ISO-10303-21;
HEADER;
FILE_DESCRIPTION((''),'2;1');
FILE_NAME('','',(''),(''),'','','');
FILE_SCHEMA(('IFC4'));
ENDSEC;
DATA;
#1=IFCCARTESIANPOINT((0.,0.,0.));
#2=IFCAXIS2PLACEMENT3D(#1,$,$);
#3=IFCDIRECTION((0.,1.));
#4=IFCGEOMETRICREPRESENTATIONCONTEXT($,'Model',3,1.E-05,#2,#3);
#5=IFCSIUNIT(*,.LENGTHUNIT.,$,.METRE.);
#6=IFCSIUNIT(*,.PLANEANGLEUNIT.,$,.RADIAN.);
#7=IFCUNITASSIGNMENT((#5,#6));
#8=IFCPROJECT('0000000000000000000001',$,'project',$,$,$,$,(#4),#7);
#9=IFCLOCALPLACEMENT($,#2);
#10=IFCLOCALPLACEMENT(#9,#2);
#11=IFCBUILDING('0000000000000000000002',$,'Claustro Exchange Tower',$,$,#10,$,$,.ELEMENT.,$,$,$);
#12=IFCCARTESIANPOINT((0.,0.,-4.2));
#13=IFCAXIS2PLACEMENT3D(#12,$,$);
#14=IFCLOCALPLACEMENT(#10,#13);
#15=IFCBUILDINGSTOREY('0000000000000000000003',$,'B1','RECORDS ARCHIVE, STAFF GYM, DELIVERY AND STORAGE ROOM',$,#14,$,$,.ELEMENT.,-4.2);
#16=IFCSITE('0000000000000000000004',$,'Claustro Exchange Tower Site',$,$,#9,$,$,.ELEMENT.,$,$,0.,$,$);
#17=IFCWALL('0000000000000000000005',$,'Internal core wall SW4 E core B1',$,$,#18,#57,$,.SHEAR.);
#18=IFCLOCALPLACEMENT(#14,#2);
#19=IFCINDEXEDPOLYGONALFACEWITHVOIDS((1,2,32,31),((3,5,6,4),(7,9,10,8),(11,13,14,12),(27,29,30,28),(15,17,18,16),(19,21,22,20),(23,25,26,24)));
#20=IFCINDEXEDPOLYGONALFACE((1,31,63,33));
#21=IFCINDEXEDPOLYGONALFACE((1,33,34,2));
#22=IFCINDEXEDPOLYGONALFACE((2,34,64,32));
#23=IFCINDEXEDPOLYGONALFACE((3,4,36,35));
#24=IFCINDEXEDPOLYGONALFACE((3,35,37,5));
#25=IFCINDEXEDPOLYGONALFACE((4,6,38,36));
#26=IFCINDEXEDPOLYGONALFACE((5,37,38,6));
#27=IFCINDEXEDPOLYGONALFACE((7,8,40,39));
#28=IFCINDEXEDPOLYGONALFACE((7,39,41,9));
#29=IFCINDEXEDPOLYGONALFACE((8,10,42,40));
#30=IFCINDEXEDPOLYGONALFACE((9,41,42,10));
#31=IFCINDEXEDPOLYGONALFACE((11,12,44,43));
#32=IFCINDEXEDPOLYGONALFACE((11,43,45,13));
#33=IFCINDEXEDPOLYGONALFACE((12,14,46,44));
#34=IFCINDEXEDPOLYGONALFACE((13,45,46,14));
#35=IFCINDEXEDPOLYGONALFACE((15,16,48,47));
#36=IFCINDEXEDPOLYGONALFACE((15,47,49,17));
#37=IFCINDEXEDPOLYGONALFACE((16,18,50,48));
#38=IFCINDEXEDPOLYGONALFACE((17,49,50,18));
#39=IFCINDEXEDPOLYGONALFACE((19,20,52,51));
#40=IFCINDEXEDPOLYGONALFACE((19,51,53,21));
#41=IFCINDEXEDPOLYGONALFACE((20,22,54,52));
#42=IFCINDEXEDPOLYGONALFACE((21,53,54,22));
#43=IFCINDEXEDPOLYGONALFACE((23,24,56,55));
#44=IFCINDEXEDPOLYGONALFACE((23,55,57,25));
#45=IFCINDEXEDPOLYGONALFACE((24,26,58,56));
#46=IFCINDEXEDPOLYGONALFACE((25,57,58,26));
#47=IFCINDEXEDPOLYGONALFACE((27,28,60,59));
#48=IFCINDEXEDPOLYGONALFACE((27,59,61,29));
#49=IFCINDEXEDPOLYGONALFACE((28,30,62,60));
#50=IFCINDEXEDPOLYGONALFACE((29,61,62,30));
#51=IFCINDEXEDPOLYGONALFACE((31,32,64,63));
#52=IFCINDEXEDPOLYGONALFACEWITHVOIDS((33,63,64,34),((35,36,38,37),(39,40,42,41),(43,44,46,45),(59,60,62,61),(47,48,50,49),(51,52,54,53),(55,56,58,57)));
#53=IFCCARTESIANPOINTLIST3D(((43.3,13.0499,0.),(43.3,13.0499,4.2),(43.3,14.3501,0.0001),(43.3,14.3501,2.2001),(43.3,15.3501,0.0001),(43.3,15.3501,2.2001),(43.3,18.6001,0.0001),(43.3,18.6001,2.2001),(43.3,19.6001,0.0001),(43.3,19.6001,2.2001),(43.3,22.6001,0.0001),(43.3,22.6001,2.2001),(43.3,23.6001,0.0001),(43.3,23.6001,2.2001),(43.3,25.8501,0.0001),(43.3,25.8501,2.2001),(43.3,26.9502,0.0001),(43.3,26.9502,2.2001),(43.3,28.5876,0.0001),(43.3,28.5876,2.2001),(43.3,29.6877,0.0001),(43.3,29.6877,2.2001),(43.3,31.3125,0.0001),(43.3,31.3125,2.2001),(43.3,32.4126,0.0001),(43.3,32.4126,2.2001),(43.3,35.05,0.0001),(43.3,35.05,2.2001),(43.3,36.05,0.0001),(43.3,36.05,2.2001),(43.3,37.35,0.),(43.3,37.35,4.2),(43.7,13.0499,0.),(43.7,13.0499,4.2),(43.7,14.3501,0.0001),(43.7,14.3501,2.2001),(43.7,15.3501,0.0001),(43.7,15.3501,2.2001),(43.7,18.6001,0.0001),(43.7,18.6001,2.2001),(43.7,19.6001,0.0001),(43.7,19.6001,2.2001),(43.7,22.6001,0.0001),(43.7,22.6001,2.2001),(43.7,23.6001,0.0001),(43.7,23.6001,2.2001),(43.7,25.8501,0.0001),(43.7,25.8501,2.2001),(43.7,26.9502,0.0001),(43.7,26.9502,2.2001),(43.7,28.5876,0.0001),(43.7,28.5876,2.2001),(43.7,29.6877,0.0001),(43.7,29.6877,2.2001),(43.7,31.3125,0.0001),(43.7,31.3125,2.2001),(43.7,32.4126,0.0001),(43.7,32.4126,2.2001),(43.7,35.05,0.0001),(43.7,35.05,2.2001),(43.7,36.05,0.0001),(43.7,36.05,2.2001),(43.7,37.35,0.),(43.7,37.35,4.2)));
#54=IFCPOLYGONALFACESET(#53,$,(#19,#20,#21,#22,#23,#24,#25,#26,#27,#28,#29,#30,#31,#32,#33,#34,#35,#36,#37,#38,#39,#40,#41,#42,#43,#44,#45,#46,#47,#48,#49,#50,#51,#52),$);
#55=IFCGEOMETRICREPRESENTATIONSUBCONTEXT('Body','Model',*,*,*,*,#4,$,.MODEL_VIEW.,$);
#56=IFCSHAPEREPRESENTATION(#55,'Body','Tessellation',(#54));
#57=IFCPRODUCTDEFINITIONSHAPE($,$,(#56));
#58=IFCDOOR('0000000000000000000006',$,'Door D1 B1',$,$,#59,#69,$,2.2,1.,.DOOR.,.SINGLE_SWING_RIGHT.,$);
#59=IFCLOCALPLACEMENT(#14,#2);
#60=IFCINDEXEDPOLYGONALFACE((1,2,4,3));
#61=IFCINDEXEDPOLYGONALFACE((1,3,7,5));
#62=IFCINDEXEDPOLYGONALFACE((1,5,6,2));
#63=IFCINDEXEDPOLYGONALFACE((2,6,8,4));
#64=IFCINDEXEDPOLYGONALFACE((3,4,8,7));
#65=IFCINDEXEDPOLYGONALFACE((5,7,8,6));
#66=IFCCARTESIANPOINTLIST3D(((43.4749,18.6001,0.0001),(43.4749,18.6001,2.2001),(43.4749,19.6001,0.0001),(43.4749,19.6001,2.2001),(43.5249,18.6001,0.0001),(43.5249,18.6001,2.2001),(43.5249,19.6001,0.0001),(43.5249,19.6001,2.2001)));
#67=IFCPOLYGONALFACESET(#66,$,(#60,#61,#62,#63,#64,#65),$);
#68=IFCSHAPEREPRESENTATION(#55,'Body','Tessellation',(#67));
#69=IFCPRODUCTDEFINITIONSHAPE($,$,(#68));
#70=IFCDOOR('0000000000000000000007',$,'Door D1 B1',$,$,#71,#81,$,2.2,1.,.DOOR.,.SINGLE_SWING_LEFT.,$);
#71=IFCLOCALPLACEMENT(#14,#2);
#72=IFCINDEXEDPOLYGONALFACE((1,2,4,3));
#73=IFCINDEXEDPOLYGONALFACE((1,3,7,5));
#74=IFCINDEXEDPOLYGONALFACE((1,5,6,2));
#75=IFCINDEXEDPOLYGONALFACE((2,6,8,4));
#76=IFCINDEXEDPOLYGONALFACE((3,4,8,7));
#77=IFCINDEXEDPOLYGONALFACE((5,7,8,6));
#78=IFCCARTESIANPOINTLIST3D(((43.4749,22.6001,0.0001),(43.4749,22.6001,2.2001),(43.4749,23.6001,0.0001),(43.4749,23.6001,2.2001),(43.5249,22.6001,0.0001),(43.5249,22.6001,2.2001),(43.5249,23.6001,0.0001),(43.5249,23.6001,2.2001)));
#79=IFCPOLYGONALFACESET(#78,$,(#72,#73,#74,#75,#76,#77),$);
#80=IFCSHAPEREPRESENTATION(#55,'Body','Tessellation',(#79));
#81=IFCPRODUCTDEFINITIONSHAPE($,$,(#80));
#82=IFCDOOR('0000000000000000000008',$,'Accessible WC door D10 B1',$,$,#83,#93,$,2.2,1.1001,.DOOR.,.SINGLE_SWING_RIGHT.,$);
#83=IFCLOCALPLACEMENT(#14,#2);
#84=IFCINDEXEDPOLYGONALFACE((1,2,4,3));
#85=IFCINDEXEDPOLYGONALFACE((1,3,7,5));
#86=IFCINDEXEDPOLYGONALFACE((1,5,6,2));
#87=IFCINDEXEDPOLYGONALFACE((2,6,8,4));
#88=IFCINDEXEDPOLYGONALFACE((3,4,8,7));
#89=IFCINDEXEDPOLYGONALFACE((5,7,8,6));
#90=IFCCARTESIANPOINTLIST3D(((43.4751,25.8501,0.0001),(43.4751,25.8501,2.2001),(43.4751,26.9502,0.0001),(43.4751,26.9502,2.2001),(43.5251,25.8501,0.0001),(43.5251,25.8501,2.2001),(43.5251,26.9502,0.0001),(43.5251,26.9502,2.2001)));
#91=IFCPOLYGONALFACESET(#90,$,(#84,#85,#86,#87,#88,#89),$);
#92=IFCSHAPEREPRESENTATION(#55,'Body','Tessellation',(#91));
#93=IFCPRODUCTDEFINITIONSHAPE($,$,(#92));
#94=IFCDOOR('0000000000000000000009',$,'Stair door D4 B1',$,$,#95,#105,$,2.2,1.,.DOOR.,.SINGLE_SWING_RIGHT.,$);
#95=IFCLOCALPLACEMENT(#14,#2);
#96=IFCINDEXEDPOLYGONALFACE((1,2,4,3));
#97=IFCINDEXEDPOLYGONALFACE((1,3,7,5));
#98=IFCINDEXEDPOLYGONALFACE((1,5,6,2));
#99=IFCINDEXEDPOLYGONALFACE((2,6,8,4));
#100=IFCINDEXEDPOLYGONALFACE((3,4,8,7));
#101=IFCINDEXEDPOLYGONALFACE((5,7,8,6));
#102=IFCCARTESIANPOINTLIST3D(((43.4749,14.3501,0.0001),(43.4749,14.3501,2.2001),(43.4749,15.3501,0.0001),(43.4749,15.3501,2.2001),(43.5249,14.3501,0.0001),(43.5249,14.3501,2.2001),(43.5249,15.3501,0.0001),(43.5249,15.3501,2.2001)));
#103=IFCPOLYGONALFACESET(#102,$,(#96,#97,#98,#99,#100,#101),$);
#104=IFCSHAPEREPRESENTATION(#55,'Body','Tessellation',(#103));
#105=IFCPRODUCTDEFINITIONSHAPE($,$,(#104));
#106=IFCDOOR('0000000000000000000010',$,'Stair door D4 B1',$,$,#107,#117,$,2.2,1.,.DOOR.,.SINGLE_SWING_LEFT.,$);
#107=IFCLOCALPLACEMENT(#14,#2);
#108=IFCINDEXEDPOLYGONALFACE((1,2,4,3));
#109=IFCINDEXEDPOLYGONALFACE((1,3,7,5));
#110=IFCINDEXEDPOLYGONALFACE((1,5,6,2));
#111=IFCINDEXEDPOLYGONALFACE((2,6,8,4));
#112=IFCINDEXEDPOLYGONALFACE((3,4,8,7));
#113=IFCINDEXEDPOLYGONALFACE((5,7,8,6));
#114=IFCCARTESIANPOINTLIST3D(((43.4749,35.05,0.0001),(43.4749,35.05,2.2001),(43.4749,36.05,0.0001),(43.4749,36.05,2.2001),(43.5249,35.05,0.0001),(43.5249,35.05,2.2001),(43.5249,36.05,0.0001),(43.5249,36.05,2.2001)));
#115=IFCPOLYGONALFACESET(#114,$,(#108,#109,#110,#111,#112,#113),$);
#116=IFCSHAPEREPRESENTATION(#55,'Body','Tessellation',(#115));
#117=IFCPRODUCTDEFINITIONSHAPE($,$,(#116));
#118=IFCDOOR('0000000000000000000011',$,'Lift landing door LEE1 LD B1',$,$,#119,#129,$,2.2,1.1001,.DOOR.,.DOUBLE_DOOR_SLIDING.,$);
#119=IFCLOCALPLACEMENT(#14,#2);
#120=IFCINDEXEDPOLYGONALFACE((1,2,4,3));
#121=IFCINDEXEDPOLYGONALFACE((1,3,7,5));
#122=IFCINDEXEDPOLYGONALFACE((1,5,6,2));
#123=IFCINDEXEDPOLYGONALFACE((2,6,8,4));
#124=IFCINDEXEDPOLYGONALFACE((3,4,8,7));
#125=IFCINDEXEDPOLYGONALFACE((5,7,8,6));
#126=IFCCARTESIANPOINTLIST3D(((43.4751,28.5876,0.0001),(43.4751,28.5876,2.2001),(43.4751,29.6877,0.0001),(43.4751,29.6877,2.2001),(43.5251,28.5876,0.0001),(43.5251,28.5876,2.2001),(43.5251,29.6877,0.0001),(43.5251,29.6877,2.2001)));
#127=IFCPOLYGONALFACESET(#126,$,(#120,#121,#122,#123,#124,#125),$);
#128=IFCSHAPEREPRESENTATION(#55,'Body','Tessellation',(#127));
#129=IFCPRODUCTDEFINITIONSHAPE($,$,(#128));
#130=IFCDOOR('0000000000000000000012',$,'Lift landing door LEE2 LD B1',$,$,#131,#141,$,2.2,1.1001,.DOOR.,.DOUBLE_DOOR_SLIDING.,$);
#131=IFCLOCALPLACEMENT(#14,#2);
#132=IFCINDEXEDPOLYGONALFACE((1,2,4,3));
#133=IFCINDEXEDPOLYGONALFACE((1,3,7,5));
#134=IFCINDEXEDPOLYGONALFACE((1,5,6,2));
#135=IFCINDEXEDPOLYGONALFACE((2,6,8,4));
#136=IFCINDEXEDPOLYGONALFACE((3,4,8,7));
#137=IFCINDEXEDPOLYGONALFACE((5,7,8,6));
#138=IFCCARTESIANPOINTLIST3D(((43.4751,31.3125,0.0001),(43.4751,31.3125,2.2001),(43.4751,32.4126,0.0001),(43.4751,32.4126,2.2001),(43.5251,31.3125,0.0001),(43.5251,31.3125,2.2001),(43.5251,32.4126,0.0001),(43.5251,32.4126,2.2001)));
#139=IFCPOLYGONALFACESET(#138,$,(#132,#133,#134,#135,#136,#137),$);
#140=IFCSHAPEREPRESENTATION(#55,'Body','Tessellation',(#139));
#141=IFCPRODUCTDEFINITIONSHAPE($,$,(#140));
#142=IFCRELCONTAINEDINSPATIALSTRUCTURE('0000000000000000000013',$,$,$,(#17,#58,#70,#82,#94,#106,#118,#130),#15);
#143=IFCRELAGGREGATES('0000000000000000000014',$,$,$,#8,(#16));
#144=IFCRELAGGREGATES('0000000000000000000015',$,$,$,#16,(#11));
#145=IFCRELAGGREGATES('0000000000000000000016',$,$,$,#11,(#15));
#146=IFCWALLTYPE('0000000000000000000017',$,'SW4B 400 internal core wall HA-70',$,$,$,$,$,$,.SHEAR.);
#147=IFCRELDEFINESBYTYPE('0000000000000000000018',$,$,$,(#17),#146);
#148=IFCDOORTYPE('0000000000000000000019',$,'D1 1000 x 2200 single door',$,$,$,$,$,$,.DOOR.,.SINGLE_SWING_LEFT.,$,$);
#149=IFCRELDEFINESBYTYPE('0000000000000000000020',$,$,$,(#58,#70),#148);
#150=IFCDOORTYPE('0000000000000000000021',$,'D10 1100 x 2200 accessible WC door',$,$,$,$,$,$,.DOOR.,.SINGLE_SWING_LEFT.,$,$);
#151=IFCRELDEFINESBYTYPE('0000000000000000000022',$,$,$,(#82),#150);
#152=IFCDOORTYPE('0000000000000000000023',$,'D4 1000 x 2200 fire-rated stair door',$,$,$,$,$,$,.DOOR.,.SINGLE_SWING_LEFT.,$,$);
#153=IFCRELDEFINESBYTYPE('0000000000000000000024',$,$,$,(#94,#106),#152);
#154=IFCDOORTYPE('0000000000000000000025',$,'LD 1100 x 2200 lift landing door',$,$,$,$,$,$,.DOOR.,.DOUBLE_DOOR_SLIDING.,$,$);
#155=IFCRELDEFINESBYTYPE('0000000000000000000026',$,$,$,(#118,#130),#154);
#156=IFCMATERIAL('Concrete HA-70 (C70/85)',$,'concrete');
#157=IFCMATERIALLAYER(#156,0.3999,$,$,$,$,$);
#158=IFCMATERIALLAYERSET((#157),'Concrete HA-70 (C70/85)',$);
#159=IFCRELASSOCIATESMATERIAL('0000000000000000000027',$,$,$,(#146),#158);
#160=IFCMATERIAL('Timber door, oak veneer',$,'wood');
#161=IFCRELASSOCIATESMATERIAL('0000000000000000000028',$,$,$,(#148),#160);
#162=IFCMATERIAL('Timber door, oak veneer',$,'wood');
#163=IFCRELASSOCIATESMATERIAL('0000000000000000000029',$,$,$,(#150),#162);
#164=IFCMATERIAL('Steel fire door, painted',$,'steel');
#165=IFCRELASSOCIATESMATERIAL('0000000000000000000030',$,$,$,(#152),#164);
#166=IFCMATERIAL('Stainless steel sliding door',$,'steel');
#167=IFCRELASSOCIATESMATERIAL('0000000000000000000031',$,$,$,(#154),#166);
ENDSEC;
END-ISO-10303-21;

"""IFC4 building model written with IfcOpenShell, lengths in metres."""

from ifc_helpers import new_model, si_unit, direction, frame, frame_2d, origin, place, context, subcontext, project, spatial, rectangle, extrude, material, layer, layer_set, type_object, element, fill, save


model = new_model("IFC4")

# Units and contexts
model_context = context("Model", 3, precision=1e-05, world=origin(), true_north=direction((0.0, 1.0)))
body_context = subcontext(model_context, "Body", "Model", "MODEL_VIEW")
ifc_project = project(units=[si_unit("LENGTHUNIT", "METRE"), si_unit("PLANEANGLEUNIT", "RADIAN")], contexts=[model_context])

# Site, building, storey
site_placement = place(None, origin())
site = spatial("IfcSite", under=ifc_project, at=site_placement, Name="Claustro Exchange Tower Site", CompositionType="ELEMENT", RefElevation=0.0)
building_placement = place(site_placement, origin())
building = spatial("IfcBuilding", under=site, at=building_placement, Name="Claustro Exchange Tower", CompositionType="ELEMENT")
storey_placement = place(building_placement, frame((0.0, 0.0, -4.2)))
storey = spatial("IfcBuildingStorey", under=building, at=storey_placement, Name="B1", Description="RECORDS ARCHIVE, STAFF GYM, DELIVERY AND STORAGE ROOM", CompositionType="ELEMENT", Elevation=-4.2)

# Wall, openings, doors
ifc_material_1 = material(Name="Concrete HA-70 (C70/85)", Category="concrete")
ifc_layer_1 = layer(ifc_material_1, 0.3999)
ifc_layer_set_1 = layer_set([ifc_layer_1], Name="Concrete HA-70 (C70/85)")
wall_type_1 = type_object("IfcWallType", Name="SW4B 400 internal core wall HA-70", PredefinedType="SHEAR", material=ifc_layer_set_1)
wall_1_placement = place(storey_placement, frame((43.5, 13.05, 0.0), z_axis=(0.0, 0.0, 1.0), x_axis=(0.0, 1.0, 0.0)))
wall_1 = element("IfcWall", 1, at=wall_1_placement, inside=storey, type_object=wall_type_1, Name="Internal core wall SW4 E core B1", PredefinedType="SHEAR", context=body_context, shape_type="SweptSolid", body=[
    extrude(rectangle(XDim=24.3, YDim=0.3999, at=frame_2d((12.1499, 0.0))), origin(), (0.0, 0.0, 1.0), 4.2),
])
opening_1_placement = place(wall_1_placement, frame((1.3, 0.0, 0.0)))
opening_1 = element("IfcOpeningElement", 2, at=opening_1_placement, cuts=wall_1, PredefinedType="OPENING", context=body_context, shape_type="SweptSolid", body=[
    extrude(rectangle(XDim=1.0, YDim=2.2, at=frame_2d((0.5, 1.1001))), frame((0.0, 0.21, 0.0), z_axis=(0.0, -1.0, 0.0), x_axis=(1.0, 0.0, 0.0)), (0.0, 0.0, 1.0), 0.4199),
])
opening_2_placement = place(wall_1_placement, frame((22.0, 0.0, 0.0)))
opening_2 = element("IfcOpeningElement", 3, at=opening_2_placement, cuts=wall_1, PredefinedType="OPENING", context=body_context, shape_type="SweptSolid", body=[
    extrude(rectangle(XDim=1.0, YDim=2.2, at=frame_2d((0.5, 1.1001))), frame((0.0, 0.21, 0.0), z_axis=(0.0, -1.0, 0.0), x_axis=(1.0, 0.0, 0.0)), (0.0, 0.0, 1.0), 0.4199),
])
opening_3_placement = place(wall_1_placement, frame((5.55, 0.0, 0.0)))
opening_3 = element("IfcOpeningElement", 4, at=opening_3_placement, cuts=wall_1, PredefinedType="OPENING", context=body_context, shape_type="SweptSolid", body=[
    extrude(rectangle(XDim=1.0, YDim=2.2, at=frame_2d((0.5, 1.1001))), frame((0.0, 0.21, 0.0), z_axis=(0.0, -1.0, 0.0), x_axis=(1.0, 0.0, 0.0)), (0.0, 0.0, 1.0), 0.4199),
])
opening_4_placement = place(wall_1_placement, frame((9.55, 0.0, 0.0)))
opening_4 = element("IfcOpeningElement", 5, at=opening_4_placement, cuts=wall_1, PredefinedType="OPENING", context=body_context, shape_type="SweptSolid", body=[
    extrude(rectangle(XDim=1.0, YDim=2.2, at=frame_2d((0.5, 1.1001))), frame((0.0, 0.21, 0.0), z_axis=(0.0, -1.0, 0.0), x_axis=(1.0, 0.0, 0.0)), (0.0, 0.0, 1.0), 0.4199),
])
opening_5_placement = place(wall_1_placement, frame((12.8, 0.0, 0.0)))
opening_5 = element("IfcOpeningElement", 6, at=opening_5_placement, cuts=wall_1, PredefinedType="OPENING", context=body_context, shape_type="SweptSolid", body=[
    extrude(rectangle(XDim=1.1001, YDim=2.2, at=frame_2d((0.55, 1.1001))), frame((0.0, 0.21, 0.0), z_axis=(0.0, -1.0, 0.0), x_axis=(1.0, 0.0, 0.0)), (0.0, 0.0, 1.0), 0.4199),
])
opening_6_placement = place(wall_1_placement, frame((15.5376, 0.0, 0.0)))
opening_6 = element("IfcOpeningElement", 7, at=opening_6_placement, cuts=wall_1, PredefinedType="OPENING", context=body_context, shape_type="SweptSolid", body=[
    extrude(rectangle(XDim=1.1001, YDim=2.2, at=frame_2d((0.55, 1.1001))), frame((0.0, 0.21, 0.0), z_axis=(0.0, -1.0, 0.0), x_axis=(1.0, 0.0, 0.0)), (0.0, 0.0, 1.0), 0.4199),
])
opening_7_placement = place(wall_1_placement, frame((18.2625, 0.0, 0.0)))
opening_7 = element("IfcOpeningElement", 8, at=opening_7_placement, cuts=wall_1, PredefinedType="OPENING", context=body_context, shape_type="SweptSolid", body=[
    extrude(rectangle(XDim=1.1001, YDim=2.2, at=frame_2d((0.55, 1.1001))), frame((0.0, 0.21, 0.0), z_axis=(0.0, -1.0, 0.0), x_axis=(1.0, 0.0, 0.0)), (0.0, 0.0, 1.0), 0.4199),
])
ifc_material_2 = material(Name="Timber door, oak veneer", Category="wood")
door_type_1 = type_object("IfcDoorType", Name="D1 1000 x 2200 single door", OperationType="SINGLE_SWING_LEFT", PredefinedType="DOOR", material=ifc_material_2)
door_1_placement = place(opening_3_placement, frame((1.0, 0.0, 0.0), z_axis=(0.0, 0.0, 1.0), x_axis=(-1.0, 0.0, 0.0)))
door_1 = element("IfcDoor", 9, at=door_1_placement, inside=storey, type_object=door_type_1, Name="Door D1 B1", OperationType="SINGLE_SWING_RIGHT", OverallHeight=2.2, OverallWidth=1.0, PredefinedType="DOOR", context=body_context, shape_type="SweptSolid", body=[
    extrude(rectangle(XDim=1.0, YDim=2.2, at=frame_2d((0.5, 1.1001))), frame((0.0, 0.0249, 0.0), z_axis=(0.0, -1.0, 0.0), x_axis=(1.0, 0.0, 0.0)), (0.0, 0.0, 1.0), 0.05),
])
fill(opening_3, door_1)
door_2_placement = place(opening_4_placement, frame((1.0, 0.0, 0.0), z_axis=(0.0, 0.0, 1.0), x_axis=(-1.0, 0.0, 0.0)))
door_2 = element("IfcDoor", 10, at=door_2_placement, inside=storey, type_object=door_type_1, Name="Door D1 B1", OperationType="SINGLE_SWING_LEFT", OverallHeight=2.2, OverallWidth=1.0, PredefinedType="DOOR", context=body_context, shape_type="SweptSolid", body=[
    extrude(rectangle(XDim=1.0, YDim=2.2, at=frame_2d((0.5, 1.1001))), frame((0.0, 0.0249, 0.0), z_axis=(0.0, -1.0, 0.0), x_axis=(1.0, 0.0, 0.0)), (0.0, 0.0, 1.0), 0.05),
])
fill(opening_4, door_2)
ifc_material_3 = material(Name="Timber door, oak veneer", Category="wood")
door_type_2 = type_object("IfcDoorType", Name="D10 1100 x 2200 accessible WC door", OperationType="SINGLE_SWING_LEFT", PredefinedType="DOOR", material=ifc_material_3)
door_3_placement = place(opening_5_placement, origin())
door_3 = element("IfcDoor", 11, at=door_3_placement, inside=storey, type_object=door_type_2, Name="Accessible WC door D10 B1", OperationType="SINGLE_SWING_RIGHT", OverallHeight=2.2, OverallWidth=1.1001, PredefinedType="DOOR", context=body_context, shape_type="SweptSolid", body=[
    extrude(rectangle(XDim=1.1001, YDim=2.2, at=frame_2d((0.55, 1.1001))), frame((0.0, 0.0249, 0.0), z_axis=(0.0, -1.0, 0.0), x_axis=(1.0, 0.0, 0.0)), (0.0, 0.0, 1.0), 0.05),
])
fill(opening_5, door_3)
ifc_material_4 = material(Name="Steel fire door, painted", Category="steel")
door_type_3 = type_object("IfcDoorType", Name="D4 1000 x 2200 fire-rated stair door", OperationType="SINGLE_SWING_LEFT", PredefinedType="DOOR", material=ifc_material_4)
door_4_placement = place(opening_1_placement, frame((1.0, 0.0, 0.0), z_axis=(0.0, 0.0, 1.0), x_axis=(-1.0, 0.0, 0.0)))
door_4 = element("IfcDoor", 12, at=door_4_placement, inside=storey, type_object=door_type_3, Name="Stair door D4 B1", OperationType="SINGLE_SWING_RIGHT", OverallHeight=2.2, OverallWidth=1.0, PredefinedType="DOOR", context=body_context, shape_type="SweptSolid", body=[
    extrude(rectangle(XDim=1.0, YDim=2.2, at=frame_2d((0.5, 1.1001))), frame((0.0, 0.0249, 0.0), z_axis=(0.0, -1.0, 0.0), x_axis=(1.0, 0.0, 0.0)), (0.0, 0.0, 1.0), 0.05),
])
fill(opening_1, door_4)
door_5_placement = place(opening_2_placement, frame((1.0, 0.0, 0.0), z_axis=(0.0, 0.0, 1.0), x_axis=(-1.0, 0.0, 0.0)))
door_5 = element("IfcDoor", 13, at=door_5_placement, inside=storey, type_object=door_type_3, Name="Stair door D4 B1", OperationType="SINGLE_SWING_LEFT", OverallHeight=2.2, OverallWidth=1.0, PredefinedType="DOOR", context=body_context, shape_type="SweptSolid", body=[
    extrude(rectangle(XDim=1.0, YDim=2.2, at=frame_2d((0.5, 1.1001))), frame((0.0, 0.0249, 0.0), z_axis=(0.0, -1.0, 0.0), x_axis=(1.0, 0.0, 0.0)), (0.0, 0.0, 1.0), 0.05),
])
fill(opening_2, door_5)
ifc_material_5 = material(Name="Stainless steel sliding door", Category="steel")
door_type_4 = type_object("IfcDoorType", Name="LD 1100 x 2200 lift landing door", OperationType="DOUBLE_DOOR_SLIDING", PredefinedType="DOOR", material=ifc_material_5)
door_6_placement = place(opening_6_placement, origin())
door_6 = element("IfcDoor", 14, at=door_6_placement, inside=storey, type_object=door_type_4, Name="Lift landing door LEE1 LD B1", OperationType="DOUBLE_DOOR_SLIDING", OverallHeight=2.2, OverallWidth=1.1001, PredefinedType="DOOR", context=body_context, shape_type="SweptSolid", body=[
    extrude(rectangle(XDim=1.1001, YDim=2.2, at=frame_2d((0.55, 1.1001))), frame((0.0, 0.0249, 0.0), z_axis=(0.0, -1.0, 0.0), x_axis=(1.0, 0.0, 0.0)), (0.0, 0.0, 1.0), 0.05),
])
fill(opening_6, door_6)
door_7_placement = place(opening_7_placement, origin())
door_7 = element("IfcDoor", 15, at=door_7_placement, inside=storey, type_object=door_type_4, Name="Lift landing door LEE2 LD B1", OperationType="DOUBLE_DOOR_SLIDING", OverallHeight=2.2, OverallWidth=1.1001, PredefinedType="DOOR", context=body_context, shape_type="SweptSolid", body=[
    extrude(rectangle(XDim=1.1001, YDim=2.2, at=frame_2d((0.55, 1.1001))), frame((0.0, 0.0249, 0.0), z_axis=(0.0, -1.0, 0.0), x_axis=(1.0, 0.0, 0.0)), (0.0, 0.0, 1.0), 0.05),
])
fill(opening_7, door_7)

save(model, "model.ifc")
